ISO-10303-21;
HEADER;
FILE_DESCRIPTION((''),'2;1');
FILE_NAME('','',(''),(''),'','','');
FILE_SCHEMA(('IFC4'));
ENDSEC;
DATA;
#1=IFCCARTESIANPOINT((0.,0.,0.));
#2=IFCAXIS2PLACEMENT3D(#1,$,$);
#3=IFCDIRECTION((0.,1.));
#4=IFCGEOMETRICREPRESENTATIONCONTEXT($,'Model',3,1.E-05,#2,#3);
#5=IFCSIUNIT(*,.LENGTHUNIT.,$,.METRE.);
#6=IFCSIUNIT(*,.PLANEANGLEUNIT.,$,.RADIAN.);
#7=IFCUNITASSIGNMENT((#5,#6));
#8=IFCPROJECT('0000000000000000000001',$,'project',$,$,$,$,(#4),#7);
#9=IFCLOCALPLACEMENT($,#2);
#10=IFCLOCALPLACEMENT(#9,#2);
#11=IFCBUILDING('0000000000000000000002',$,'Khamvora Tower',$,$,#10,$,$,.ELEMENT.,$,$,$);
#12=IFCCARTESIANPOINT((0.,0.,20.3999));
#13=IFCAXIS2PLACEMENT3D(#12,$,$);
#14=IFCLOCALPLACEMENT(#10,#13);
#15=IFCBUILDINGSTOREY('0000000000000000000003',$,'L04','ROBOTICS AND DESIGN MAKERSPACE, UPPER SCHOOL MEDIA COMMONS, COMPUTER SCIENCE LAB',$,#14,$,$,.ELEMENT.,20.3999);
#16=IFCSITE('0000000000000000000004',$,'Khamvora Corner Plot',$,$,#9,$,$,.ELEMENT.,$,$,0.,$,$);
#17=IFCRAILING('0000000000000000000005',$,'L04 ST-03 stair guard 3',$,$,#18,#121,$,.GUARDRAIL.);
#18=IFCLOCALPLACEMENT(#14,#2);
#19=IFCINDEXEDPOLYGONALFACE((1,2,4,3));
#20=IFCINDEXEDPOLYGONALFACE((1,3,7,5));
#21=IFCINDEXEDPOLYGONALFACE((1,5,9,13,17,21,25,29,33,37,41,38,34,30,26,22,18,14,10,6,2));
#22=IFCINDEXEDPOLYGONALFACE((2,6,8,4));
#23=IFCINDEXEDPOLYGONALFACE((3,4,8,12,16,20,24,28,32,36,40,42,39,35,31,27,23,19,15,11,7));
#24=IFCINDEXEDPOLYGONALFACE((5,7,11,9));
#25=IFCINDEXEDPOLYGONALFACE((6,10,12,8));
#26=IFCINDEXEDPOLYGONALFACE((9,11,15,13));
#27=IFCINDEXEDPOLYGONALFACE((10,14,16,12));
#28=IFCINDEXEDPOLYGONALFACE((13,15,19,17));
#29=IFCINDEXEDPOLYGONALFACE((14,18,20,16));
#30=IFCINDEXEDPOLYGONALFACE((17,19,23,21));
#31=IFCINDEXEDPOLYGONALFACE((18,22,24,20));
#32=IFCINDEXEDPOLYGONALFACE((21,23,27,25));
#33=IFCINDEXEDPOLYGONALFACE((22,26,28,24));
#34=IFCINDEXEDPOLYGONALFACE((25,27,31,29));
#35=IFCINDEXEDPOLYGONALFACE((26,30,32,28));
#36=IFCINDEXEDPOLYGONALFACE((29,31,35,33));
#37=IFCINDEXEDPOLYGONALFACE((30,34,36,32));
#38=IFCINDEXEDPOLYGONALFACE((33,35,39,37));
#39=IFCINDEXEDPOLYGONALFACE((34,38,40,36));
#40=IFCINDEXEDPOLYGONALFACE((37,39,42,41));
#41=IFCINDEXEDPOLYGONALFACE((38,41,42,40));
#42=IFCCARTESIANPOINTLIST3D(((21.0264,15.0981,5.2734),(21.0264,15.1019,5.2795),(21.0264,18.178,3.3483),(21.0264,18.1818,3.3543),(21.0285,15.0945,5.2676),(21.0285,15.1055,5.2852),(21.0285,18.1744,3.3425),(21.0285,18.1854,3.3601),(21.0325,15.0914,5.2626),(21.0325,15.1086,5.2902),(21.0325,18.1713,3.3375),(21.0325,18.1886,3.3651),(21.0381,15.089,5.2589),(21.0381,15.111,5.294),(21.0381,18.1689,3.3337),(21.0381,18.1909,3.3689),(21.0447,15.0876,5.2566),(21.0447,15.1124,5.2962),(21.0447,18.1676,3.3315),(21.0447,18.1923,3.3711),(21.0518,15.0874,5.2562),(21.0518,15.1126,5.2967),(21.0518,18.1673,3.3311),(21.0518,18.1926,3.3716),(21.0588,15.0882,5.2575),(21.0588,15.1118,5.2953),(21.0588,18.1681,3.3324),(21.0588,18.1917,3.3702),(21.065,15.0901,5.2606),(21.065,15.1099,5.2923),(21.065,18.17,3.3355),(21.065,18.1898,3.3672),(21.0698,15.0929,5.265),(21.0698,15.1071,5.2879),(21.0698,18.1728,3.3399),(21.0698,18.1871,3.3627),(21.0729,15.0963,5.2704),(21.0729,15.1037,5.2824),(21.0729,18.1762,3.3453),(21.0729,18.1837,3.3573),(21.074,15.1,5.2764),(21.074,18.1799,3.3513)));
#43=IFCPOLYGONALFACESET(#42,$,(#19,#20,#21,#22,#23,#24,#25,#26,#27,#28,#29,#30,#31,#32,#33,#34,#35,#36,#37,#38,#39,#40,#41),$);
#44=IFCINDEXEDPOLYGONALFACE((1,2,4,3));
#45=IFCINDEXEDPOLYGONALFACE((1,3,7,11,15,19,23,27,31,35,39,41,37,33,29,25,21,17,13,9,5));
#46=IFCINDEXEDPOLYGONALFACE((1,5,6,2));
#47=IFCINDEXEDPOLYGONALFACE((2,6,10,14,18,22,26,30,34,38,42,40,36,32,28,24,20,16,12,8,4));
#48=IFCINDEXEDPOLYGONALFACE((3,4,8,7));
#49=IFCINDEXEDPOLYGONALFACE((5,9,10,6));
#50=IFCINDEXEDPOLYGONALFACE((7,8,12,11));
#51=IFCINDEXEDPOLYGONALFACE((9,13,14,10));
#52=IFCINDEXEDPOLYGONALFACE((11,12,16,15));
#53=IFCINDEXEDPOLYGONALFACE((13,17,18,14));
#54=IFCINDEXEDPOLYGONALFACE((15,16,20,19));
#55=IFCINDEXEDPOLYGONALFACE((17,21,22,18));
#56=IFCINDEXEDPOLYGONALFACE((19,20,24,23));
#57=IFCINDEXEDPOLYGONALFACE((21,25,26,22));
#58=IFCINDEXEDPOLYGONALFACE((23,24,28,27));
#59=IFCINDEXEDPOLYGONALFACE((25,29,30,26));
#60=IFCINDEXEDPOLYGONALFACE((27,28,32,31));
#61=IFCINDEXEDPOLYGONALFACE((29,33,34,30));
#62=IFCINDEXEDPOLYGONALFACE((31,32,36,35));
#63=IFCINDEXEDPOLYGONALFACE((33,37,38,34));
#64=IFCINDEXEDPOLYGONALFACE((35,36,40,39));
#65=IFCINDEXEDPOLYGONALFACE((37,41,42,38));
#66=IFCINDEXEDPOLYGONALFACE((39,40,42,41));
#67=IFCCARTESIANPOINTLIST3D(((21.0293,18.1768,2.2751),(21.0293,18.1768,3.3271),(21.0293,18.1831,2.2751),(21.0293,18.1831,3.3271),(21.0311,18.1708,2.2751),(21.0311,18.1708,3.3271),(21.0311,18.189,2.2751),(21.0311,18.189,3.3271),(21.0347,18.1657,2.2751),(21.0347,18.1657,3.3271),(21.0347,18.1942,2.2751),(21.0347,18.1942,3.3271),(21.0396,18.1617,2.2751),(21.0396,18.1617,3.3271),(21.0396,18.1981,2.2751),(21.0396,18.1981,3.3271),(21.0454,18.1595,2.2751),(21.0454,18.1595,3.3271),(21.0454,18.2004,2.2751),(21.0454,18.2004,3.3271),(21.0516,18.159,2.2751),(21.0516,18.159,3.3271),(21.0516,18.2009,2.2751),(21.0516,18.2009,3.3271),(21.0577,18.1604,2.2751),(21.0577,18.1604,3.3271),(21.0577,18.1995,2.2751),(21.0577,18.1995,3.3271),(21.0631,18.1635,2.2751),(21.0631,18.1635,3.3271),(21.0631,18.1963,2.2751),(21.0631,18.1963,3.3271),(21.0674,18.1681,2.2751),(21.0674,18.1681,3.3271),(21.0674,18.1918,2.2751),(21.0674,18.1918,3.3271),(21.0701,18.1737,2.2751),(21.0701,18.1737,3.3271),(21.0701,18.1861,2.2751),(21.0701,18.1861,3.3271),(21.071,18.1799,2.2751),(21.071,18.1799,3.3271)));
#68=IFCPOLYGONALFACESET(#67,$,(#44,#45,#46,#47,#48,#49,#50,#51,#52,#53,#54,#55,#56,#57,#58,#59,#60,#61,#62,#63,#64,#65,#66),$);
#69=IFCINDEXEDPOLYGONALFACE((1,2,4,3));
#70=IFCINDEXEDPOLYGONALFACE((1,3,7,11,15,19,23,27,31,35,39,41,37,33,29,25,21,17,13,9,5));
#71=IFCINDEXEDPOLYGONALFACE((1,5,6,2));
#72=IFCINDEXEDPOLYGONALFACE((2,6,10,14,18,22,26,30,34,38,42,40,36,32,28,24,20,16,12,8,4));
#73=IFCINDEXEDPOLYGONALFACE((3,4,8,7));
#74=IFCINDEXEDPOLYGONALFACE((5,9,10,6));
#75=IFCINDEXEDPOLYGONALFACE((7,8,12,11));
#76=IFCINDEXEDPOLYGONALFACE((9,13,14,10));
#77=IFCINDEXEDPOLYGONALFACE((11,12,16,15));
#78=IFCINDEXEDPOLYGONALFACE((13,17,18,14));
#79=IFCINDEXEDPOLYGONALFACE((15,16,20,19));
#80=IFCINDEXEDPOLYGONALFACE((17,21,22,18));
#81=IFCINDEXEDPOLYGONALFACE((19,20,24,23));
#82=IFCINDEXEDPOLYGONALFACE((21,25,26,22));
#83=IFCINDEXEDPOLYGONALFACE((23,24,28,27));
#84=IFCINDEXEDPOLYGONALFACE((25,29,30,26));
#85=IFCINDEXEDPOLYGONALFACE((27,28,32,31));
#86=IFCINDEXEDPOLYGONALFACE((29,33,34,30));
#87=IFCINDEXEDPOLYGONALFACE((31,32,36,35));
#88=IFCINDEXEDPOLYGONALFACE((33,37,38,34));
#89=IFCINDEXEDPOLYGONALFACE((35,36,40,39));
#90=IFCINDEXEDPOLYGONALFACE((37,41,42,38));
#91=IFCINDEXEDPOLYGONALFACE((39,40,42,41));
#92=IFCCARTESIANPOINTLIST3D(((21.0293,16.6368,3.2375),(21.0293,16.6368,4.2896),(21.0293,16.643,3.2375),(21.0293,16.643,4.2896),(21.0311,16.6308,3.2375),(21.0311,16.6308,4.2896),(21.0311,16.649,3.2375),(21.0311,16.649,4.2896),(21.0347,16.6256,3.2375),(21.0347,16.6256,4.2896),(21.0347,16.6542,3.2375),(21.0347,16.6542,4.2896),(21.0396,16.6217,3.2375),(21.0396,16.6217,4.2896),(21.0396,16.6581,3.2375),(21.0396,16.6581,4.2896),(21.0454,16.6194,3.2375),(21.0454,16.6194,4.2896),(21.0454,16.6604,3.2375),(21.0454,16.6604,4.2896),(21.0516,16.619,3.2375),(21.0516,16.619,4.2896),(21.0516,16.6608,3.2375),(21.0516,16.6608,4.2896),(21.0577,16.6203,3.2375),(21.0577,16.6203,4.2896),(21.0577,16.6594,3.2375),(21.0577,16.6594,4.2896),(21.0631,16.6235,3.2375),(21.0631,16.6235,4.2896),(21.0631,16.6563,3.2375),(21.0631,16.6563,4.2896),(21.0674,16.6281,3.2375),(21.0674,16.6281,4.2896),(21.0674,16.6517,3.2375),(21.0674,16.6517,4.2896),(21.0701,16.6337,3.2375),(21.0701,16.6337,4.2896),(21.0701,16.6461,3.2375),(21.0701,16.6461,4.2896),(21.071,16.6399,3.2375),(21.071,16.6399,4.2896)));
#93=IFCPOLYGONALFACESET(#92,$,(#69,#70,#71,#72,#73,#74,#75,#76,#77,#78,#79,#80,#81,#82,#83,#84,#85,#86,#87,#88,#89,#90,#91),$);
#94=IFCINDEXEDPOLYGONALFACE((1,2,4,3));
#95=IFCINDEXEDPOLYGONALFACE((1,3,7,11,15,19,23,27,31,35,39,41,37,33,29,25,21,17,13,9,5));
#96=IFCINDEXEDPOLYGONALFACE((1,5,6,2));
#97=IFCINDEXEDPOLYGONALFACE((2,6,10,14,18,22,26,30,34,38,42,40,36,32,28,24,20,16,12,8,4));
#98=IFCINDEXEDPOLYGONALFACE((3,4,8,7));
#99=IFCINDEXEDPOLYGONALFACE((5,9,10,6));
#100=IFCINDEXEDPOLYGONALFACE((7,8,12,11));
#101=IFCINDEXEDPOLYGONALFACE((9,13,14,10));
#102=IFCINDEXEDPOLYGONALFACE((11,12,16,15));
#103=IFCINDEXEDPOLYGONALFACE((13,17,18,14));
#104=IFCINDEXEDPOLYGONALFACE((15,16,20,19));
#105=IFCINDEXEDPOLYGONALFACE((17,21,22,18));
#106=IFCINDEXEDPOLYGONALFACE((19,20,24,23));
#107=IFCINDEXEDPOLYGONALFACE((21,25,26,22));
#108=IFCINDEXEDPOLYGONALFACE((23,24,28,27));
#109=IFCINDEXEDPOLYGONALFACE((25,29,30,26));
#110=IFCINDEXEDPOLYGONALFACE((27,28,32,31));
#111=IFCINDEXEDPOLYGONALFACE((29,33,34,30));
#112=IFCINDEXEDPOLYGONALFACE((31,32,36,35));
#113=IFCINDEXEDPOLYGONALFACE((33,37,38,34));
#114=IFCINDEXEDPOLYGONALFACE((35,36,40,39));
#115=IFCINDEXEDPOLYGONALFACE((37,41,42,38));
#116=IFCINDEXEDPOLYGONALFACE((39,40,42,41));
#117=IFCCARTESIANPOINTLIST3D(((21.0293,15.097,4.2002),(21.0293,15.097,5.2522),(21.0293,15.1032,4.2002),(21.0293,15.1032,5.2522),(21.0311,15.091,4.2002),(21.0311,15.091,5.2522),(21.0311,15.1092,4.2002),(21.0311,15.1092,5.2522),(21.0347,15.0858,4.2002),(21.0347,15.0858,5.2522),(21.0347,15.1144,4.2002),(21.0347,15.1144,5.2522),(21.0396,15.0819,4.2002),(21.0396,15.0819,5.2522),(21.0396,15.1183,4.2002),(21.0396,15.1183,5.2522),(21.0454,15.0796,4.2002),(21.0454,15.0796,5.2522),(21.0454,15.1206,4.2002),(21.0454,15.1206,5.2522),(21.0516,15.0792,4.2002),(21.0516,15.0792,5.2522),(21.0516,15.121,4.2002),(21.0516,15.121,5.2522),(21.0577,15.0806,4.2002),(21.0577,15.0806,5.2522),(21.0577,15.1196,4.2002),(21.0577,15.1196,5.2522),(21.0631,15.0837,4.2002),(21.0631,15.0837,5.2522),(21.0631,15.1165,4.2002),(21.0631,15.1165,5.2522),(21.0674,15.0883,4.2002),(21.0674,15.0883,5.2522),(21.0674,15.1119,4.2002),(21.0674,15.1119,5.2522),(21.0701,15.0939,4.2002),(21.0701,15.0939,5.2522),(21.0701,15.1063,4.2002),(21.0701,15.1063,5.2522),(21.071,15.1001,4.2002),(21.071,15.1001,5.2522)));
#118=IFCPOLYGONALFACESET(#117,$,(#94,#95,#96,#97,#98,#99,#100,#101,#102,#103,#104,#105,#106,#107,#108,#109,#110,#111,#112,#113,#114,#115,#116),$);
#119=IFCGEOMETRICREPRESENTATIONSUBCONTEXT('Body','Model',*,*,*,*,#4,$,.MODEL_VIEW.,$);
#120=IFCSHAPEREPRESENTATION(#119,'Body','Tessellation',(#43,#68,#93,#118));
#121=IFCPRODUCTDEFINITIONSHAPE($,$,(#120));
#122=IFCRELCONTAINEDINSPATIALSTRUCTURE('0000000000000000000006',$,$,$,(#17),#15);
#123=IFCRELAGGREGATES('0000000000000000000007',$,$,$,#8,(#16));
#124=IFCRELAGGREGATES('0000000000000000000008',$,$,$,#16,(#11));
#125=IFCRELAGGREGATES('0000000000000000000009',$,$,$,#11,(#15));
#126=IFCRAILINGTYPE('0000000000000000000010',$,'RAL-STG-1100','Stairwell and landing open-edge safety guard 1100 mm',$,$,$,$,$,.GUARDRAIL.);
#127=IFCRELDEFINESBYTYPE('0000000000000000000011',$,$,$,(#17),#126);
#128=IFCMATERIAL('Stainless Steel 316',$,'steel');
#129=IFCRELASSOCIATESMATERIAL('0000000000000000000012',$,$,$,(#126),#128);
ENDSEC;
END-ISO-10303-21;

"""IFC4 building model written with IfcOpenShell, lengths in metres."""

from ifc_helpers import new_model, si_unit, direction, frame, origin, origin_2d, place, context, subcontext, project, spatial, circle, extrude, material, type_object, element, save


model = new_model("IFC4")

# Units and contexts
model_context = context("Model", 3, precision=1e-05, world=origin(), true_north=direction((0.0, 1.0)))
body_context = subcontext(model_context, "Body", "Model", "MODEL_VIEW")
ifc_project = project(units=[si_unit("LENGTHUNIT", "METRE"), si_unit("PLANEANGLEUNIT", "RADIAN")], contexts=[model_context])

# Site, building, storey
site_placement = place(None, origin())
site = spatial("IfcSite", under=ifc_project, at=site_placement, Name="Khamvora Corner Plot", CompositionType="ELEMENT", RefElevation=0.0)
building_placement = place(site_placement, origin())
building = spatial("IfcBuilding", under=site, at=building_placement, Name="Khamvora Tower", CompositionType="ELEMENT")
storey_placement = place(building_placement, frame((0.0, 0.0, 20.3999)))
storey = spatial("IfcBuildingStorey", under=building, at=storey_placement, Name="L04", Description="ROBOTICS AND DESIGN MAKERSPACE, UPPER SCHOOL MEDIA COMMONS, COMPUTER SCIENCE LAB", CompositionType="ELEMENT", Elevation=20.3999)

# Railing
ifc_material_1 = material(Name="Stainless Steel 316", Category="steel")
railing_type_1 = type_object("IfcRailingType", Name="RAL-STG-1100", Description="Stairwell and landing open-edge safety guard 1100 mm", PredefinedType="GUARDRAIL", material=ifc_material_1)
railing_1_placement = place(storey_placement, frame((21.05, 18.1799, 2.2751)))
element("IfcRailing", 1, at=railing_1_placement, inside=storey, type_object=railing_type_1, Name="L04 ST-03 stair guard 3", PredefinedType="GUARDRAIL", context=body_context, shape_type="SweptSolid", body=[
    extrude(circle(Radius=0.0239, at=origin_2d()), frame((0.0, 0.0, 1.0762), z_axis=(0.0, -0.847979, 0.530029), x_axis=(1.0, 0.0, 0.0)), (0.0, 0.0, 1.0), 3.6321),
    extrude(circle(Radius=0.021, at=origin_2d()), origin(), (0.0, 0.0, 1.0), 1.052),
    extrude(circle(Radius=0.021, at=origin_2d()), frame((0.0, -1.54, 0.9624)), (0.0, 0.0, 1.0), 1.052),
    extrude(circle(Radius=0.021, at=origin_2d()), frame((0.0, -3.0798, 1.925)), (0.0, 0.0, 1.0), 1.052),
])

save(model, "model.ifc")
